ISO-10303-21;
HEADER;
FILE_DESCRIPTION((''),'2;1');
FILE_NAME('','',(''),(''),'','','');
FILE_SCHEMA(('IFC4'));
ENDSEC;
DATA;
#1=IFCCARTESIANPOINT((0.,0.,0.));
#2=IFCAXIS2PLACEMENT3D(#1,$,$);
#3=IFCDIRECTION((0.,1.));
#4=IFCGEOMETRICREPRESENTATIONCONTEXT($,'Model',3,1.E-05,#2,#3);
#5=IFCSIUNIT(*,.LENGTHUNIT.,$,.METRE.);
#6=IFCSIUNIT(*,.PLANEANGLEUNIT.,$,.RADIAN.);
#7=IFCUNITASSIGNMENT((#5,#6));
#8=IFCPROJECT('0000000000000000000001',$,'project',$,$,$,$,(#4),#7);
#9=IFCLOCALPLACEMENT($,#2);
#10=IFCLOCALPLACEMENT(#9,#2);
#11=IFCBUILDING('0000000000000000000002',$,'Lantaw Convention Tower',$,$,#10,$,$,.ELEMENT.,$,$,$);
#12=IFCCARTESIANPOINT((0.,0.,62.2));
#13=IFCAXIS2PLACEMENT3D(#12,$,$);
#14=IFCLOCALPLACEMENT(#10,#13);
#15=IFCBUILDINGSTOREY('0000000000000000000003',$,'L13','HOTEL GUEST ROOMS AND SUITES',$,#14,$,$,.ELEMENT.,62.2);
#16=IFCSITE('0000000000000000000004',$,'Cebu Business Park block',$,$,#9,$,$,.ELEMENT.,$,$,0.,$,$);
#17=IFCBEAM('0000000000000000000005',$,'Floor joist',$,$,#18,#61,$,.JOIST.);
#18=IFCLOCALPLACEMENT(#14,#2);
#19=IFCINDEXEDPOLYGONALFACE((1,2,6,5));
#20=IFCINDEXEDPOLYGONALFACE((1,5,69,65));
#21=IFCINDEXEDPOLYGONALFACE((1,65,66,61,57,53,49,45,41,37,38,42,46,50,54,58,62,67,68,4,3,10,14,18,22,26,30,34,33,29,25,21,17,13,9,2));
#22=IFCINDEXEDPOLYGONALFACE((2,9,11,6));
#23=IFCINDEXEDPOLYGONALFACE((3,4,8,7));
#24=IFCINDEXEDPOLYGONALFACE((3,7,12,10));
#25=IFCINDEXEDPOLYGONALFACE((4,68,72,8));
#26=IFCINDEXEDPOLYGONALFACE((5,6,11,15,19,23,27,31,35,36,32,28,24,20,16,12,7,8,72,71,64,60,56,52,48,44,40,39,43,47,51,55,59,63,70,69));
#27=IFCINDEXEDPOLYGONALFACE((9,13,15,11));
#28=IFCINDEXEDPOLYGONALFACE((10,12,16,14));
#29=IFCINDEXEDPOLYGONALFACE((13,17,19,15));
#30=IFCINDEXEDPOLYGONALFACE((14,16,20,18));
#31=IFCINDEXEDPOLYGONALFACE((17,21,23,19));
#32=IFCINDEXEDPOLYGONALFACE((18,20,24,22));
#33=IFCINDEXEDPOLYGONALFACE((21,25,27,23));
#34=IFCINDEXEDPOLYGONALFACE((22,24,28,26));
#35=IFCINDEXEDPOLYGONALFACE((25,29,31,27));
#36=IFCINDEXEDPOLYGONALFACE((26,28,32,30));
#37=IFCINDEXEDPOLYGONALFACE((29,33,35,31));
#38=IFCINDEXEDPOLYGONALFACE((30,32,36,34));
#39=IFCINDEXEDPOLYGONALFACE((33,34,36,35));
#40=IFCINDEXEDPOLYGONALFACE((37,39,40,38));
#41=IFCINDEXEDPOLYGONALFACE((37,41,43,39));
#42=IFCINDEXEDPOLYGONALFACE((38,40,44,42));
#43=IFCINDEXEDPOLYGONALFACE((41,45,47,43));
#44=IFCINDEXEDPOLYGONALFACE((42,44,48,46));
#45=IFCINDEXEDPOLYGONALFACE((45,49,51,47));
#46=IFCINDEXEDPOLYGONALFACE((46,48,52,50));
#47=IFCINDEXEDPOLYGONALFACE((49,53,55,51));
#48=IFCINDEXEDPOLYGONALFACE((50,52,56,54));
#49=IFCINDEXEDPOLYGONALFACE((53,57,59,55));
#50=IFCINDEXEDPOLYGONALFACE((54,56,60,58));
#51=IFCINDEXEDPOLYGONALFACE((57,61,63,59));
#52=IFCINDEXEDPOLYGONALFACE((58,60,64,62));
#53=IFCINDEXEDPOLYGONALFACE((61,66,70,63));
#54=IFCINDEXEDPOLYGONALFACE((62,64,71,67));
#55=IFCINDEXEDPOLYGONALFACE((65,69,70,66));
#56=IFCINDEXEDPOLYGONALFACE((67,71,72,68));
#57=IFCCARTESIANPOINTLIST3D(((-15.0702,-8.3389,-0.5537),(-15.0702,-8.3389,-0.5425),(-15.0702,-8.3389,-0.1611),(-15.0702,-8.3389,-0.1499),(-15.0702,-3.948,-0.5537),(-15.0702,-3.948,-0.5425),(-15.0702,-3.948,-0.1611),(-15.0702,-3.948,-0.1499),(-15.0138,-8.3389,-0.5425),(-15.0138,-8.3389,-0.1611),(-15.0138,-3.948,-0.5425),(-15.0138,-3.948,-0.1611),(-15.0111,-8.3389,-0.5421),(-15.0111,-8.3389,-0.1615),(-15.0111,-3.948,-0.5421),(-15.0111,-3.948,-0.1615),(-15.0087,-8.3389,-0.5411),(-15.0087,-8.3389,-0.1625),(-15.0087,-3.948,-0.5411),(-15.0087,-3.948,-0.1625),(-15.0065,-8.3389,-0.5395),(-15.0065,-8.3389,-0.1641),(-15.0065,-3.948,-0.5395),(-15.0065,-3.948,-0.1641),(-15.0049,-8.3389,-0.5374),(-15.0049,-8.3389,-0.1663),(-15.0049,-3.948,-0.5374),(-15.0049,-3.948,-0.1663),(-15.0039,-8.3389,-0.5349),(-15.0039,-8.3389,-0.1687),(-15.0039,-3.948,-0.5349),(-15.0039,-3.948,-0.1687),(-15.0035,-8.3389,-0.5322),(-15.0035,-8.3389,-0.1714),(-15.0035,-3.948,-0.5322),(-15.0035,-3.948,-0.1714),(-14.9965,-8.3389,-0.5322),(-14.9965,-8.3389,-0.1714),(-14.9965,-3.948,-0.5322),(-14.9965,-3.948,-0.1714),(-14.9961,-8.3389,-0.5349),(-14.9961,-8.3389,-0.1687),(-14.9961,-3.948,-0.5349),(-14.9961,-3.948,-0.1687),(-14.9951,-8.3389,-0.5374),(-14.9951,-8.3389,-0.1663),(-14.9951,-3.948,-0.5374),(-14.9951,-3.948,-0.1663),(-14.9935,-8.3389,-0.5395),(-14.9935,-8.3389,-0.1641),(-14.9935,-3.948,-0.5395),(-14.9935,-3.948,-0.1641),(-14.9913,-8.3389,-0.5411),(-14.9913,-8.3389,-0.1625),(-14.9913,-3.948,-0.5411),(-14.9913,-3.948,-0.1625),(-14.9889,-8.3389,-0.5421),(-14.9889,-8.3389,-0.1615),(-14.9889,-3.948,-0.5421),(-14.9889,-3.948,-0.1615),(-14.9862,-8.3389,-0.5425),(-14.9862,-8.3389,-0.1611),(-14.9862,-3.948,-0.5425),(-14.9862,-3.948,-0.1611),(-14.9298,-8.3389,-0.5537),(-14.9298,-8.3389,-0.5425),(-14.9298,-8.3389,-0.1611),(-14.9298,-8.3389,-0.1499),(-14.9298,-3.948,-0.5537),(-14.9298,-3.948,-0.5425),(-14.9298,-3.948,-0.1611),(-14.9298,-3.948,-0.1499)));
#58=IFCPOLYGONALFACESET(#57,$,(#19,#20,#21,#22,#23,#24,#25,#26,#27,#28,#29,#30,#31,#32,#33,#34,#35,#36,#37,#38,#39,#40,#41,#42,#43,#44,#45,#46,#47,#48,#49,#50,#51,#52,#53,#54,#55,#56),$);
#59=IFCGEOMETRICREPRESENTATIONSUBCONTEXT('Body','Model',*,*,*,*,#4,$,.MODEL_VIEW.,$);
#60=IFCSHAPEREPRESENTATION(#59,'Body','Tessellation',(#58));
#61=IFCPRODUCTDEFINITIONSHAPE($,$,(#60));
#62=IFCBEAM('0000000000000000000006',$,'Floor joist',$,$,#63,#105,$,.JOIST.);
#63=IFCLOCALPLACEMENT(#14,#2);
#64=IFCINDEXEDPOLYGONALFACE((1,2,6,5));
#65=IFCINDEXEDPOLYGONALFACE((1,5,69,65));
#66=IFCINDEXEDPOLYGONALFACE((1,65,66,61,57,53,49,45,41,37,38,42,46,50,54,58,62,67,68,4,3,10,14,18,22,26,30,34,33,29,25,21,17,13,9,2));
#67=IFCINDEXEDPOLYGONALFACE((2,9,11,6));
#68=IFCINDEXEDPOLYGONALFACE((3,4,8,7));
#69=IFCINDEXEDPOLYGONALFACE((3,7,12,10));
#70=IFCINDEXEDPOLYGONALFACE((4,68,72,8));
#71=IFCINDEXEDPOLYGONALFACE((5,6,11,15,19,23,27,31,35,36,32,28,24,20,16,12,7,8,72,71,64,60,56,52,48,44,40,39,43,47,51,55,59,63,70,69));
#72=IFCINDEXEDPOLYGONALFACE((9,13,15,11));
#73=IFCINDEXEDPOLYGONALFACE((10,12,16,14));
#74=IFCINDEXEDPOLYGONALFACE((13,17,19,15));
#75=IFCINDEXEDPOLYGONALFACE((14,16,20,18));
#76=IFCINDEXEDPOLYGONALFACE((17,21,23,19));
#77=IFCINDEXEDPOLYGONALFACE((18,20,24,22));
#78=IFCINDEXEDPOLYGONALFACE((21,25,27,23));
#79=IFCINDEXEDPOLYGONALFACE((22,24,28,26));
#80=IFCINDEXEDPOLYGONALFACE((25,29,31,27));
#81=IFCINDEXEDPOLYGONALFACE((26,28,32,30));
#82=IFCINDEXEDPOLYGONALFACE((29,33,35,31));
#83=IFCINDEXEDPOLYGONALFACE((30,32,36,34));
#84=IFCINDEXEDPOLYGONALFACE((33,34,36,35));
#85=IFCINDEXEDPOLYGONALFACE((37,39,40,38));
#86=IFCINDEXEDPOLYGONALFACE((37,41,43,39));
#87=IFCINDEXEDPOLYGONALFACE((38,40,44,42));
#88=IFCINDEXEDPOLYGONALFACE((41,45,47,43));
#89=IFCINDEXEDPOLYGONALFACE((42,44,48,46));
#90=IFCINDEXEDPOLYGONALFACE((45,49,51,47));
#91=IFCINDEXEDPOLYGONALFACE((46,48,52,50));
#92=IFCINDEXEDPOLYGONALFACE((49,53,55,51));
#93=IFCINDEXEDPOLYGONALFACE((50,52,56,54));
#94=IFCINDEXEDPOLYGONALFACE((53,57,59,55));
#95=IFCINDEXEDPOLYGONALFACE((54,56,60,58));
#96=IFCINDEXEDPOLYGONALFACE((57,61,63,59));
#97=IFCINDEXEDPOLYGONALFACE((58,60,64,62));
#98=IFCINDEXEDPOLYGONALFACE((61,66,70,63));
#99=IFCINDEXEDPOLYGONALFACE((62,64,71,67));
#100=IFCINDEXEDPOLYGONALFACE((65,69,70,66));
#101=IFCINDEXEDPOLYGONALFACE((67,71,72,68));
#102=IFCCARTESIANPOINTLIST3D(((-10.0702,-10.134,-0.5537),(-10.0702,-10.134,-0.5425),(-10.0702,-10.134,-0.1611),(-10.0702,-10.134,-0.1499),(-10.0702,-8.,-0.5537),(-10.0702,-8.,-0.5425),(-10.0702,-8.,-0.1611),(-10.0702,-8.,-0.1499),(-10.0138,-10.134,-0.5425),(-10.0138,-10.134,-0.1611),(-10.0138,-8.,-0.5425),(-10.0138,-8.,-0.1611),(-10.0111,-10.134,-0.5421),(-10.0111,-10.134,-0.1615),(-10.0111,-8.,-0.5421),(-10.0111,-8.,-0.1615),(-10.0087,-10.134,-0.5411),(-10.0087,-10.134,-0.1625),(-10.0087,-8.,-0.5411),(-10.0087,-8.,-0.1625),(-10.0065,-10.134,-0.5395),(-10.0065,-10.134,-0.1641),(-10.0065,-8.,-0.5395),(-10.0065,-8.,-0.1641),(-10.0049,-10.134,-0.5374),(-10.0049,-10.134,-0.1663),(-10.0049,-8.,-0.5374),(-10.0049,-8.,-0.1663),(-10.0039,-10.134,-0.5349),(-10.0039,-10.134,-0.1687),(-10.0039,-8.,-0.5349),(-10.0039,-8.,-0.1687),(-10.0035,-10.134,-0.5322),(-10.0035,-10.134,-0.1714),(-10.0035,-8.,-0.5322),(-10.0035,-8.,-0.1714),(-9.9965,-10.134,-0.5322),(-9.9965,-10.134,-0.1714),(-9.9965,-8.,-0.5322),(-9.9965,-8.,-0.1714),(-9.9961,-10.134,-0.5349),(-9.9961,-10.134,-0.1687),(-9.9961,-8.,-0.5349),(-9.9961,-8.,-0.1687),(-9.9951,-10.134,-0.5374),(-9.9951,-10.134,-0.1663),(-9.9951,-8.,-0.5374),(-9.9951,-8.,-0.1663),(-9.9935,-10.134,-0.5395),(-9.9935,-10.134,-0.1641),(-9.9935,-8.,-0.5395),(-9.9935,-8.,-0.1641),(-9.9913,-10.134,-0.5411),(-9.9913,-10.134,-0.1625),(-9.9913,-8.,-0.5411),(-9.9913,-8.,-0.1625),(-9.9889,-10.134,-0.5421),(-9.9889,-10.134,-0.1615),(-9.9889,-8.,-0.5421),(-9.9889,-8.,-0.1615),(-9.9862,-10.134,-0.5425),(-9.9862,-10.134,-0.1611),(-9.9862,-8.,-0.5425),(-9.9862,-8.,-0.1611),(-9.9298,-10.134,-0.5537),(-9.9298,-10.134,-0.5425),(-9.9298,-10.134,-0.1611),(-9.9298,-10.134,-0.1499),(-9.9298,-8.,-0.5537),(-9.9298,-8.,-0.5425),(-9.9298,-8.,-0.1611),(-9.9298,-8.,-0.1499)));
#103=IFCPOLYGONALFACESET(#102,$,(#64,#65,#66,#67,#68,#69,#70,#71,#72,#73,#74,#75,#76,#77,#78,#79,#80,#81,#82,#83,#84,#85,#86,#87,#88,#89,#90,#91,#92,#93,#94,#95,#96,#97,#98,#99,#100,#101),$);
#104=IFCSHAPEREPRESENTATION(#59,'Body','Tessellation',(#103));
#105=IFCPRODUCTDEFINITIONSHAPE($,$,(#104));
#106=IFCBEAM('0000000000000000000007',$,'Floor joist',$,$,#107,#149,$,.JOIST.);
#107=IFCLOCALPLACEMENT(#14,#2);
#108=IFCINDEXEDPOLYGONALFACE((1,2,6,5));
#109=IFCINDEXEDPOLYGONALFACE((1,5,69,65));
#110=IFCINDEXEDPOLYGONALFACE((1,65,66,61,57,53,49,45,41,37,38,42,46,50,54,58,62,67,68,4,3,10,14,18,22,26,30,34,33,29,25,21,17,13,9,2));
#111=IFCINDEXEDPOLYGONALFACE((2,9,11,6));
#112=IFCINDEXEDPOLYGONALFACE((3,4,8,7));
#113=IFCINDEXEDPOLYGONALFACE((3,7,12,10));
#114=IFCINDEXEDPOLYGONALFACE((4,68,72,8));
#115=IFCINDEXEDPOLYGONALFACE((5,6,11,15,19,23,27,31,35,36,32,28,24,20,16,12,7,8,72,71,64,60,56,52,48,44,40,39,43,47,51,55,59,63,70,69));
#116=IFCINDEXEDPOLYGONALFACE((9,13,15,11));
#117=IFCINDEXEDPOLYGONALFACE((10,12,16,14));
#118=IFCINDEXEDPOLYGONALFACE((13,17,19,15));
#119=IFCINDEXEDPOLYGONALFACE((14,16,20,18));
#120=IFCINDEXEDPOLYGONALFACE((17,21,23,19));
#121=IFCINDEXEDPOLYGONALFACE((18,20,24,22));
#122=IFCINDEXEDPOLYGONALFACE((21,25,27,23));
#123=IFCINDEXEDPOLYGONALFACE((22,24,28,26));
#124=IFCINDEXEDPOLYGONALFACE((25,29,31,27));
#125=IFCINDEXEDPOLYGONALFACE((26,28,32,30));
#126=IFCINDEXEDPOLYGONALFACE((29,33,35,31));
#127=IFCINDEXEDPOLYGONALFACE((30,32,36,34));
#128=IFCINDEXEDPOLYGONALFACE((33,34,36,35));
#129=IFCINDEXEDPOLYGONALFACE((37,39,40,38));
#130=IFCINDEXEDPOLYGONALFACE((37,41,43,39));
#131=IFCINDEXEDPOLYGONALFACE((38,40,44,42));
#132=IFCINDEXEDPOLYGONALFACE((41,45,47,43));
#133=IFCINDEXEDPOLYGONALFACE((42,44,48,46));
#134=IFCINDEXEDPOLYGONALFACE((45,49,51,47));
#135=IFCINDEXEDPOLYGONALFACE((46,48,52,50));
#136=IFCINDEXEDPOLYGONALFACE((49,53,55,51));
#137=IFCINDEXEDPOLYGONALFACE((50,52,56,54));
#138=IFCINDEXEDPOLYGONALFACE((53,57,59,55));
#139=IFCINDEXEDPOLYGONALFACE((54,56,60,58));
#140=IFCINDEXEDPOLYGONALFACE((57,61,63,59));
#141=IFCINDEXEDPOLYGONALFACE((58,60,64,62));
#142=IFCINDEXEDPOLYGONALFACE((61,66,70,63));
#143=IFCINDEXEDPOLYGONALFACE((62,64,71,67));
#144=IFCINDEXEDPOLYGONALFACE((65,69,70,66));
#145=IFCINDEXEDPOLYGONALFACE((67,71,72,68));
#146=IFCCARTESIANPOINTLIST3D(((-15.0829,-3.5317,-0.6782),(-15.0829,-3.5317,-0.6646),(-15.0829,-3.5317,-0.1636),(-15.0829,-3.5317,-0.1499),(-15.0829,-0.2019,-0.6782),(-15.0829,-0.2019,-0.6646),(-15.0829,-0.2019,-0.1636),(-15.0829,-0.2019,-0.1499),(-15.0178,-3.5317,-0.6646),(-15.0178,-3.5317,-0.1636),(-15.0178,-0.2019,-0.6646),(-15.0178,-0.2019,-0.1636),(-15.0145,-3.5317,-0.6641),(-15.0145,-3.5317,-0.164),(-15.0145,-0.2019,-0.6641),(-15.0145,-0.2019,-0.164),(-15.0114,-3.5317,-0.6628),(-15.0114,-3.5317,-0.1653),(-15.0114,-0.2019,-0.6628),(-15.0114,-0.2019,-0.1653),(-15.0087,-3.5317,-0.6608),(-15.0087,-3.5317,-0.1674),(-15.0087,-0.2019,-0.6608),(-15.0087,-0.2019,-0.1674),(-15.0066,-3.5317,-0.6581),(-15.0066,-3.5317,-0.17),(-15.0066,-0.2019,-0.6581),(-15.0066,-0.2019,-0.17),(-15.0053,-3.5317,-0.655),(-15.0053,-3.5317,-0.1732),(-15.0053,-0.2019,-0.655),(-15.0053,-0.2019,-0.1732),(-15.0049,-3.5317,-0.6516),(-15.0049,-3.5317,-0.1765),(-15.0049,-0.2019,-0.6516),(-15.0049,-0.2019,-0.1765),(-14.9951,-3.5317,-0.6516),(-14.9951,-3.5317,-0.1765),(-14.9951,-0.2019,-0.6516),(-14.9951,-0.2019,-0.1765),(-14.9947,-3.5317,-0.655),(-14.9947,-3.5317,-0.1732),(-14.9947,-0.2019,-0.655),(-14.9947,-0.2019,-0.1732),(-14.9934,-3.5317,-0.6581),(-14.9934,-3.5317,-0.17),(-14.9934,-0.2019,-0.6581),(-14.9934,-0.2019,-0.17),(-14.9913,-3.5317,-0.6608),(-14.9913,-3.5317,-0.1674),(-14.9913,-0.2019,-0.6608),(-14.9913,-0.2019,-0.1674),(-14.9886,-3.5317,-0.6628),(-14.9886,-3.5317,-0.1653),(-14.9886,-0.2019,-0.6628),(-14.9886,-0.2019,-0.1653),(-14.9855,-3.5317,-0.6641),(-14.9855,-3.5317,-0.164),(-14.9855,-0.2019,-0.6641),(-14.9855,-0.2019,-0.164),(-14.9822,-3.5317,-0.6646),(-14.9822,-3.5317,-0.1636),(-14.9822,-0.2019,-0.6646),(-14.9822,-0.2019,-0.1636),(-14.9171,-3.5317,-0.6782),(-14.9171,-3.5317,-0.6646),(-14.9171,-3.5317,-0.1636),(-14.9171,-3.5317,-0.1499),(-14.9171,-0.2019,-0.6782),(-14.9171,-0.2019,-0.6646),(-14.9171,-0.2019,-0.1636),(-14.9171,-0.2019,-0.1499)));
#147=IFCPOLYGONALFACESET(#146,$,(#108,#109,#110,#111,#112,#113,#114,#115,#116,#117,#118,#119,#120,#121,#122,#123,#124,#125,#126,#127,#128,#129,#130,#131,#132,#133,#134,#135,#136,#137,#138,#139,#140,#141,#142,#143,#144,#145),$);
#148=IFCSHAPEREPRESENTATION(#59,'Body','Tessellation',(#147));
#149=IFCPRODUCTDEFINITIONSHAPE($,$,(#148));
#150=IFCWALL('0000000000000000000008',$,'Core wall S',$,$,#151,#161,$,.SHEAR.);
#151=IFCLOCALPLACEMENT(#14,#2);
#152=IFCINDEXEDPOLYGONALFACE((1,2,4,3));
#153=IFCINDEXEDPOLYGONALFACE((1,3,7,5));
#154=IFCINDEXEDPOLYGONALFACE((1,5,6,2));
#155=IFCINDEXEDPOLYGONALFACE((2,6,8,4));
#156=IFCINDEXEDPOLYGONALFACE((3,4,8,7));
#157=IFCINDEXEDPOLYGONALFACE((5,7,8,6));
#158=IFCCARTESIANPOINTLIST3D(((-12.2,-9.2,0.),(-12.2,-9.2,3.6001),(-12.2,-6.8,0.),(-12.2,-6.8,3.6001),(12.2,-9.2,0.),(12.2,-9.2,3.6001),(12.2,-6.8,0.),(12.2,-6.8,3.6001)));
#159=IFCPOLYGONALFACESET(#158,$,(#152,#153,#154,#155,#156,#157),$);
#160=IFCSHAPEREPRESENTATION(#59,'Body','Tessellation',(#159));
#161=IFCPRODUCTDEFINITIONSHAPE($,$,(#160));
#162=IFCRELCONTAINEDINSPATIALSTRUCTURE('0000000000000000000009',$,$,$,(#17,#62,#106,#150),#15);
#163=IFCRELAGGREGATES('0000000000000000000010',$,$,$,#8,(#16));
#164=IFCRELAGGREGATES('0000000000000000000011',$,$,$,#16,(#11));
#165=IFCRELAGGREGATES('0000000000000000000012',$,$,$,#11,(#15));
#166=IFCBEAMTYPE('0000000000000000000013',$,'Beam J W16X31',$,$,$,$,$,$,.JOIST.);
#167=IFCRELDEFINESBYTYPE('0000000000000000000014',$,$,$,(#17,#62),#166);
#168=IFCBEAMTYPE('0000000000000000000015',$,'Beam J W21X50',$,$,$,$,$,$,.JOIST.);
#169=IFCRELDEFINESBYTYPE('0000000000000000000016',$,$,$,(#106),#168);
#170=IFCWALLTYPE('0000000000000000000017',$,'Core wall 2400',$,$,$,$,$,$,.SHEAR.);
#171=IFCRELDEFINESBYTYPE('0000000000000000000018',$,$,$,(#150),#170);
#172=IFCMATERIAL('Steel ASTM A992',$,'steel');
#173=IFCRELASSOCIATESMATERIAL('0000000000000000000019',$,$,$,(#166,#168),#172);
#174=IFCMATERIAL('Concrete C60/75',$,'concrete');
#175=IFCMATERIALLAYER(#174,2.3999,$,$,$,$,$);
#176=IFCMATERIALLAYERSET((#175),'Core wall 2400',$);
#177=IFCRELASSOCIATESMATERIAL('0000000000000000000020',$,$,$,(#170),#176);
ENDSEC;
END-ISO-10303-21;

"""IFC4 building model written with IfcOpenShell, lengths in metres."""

from ifc_helpers import new_model, si_unit, direction, frame, frame_2d, origin, origin_2d, place, context, subcontext, project, spatial, rectangle, i_section, extrude, material, layer, layer_set, material_profile, profile_set, type_object, element, save


model = new_model("IFC4")

# Units and contexts
model_context = context("Model", 3, precision=1e-05, world=origin(), true_north=direction((0.0, 1.0)))
body_context = subcontext(model_context, "Body", "Model", "MODEL_VIEW")
ifc_project = project(units=[si_unit("LENGTHUNIT", "METRE"), si_unit("PLANEANGLEUNIT", "RADIAN")], contexts=[model_context])

# Site, building, storey
site_placement = place(None, origin())
site = spatial("IfcSite", under=ifc_project, at=site_placement, Name="Cebu Business Park block", CompositionType="ELEMENT", RefElevation=0.0)
building_placement = place(site_placement, origin())
building = spatial("IfcBuilding", under=site, at=building_placement, Name="Lantaw Convention Tower", CompositionType="ELEMENT")
storey_placement = place(building_placement, frame((0.0, 0.0, 62.2)))
storey = spatial("IfcBuildingStorey", under=building, at=storey_placement, Name="L13", Description="HOTEL GUEST ROOMS AND SUITES", CompositionType="ELEMENT", Elevation=62.2)

# Beams
ifc_material_1 = material(Name="Steel ASTM A992", Category="steel")
ifc_material_profile_1 = material_profile(ifc_material_1, i_section(OverallWidth=0.1404, OverallDepth=0.4038, WebThickness=0.0071, FlangeThickness=0.0112, FilletRadius=0.0103, at=origin_2d()), Name="W16X31")
ifc_profile_set_1 = profile_set([ifc_material_profile_1], Name="Steel ASTM A992")
beam_type_1 = type_object("IfcBeamType", Name="Beam J W16X31", PredefinedType="JOIST", material=ifc_profile_set_1)
beam_1_placement = place(storey_placement, frame((-15.0, -8.3389, -0.3518), z_axis=(0.0, 1.0, 0.0), x_axis=(-1.0, 0.0, 0.0)))
element("IfcBeam", 1, at=beam_1_placement, inside=storey, type_object=beam_type_1, Name="Floor joist", PredefinedType="JOIST", context=body_context, shape_type="SweptSolid", body=[
    extrude(i_section(OverallWidth=0.1404, OverallDepth=0.4038, WebThickness=0.0071, FlangeThickness=0.0112, FilletRadius=0.0103, at=origin_2d()), origin(), (0.0, 0.0, 1.0), 4.3909),
])
beam_2_placement = place(storey_placement, frame((-10.0, -10.134, -0.3518), z_axis=(0.0, 1.0, 0.0), x_axis=(-1.0, 0.0, 0.0)))
element("IfcBeam", 2, at=beam_2_placement, inside=storey, type_object=beam_type_1, Name="Floor joist", PredefinedType="JOIST", context=body_context, shape_type="SweptSolid", body=[
    extrude(i_section(OverallWidth=0.1404, OverallDepth=0.4038, WebThickness=0.0071, FlangeThickness=0.0112, FilletRadius=0.0103, at=origin_2d()), origin(), (0.0, 0.0, 1.0), 2.134),
])
ifc_material_profile_2 = material_profile(ifc_material_1, i_section(OverallWidth=0.1658, OverallDepth=0.5283, WebThickness=0.0098, FlangeThickness=0.0137, FilletRadius=0.0129, at=origin_2d()), Name="W21X50")
ifc_profile_set_2 = profile_set([ifc_material_profile_2], Name="Steel ASTM A992")
beam_type_2 = type_object("IfcBeamType", Name="Beam J W21X50", PredefinedType="JOIST", material=ifc_profile_set_2)
beam_3_placement = place(storey_placement, frame((-15.0, -3.5317, -0.4141), z_axis=(0.0, 1.0, 0.0), x_axis=(-1.0, 0.0, 0.0)))
element("IfcBeam", 3, at=beam_3_placement, inside=storey, type_object=beam_type_2, Name="Floor joist", PredefinedType="JOIST", context=body_context, shape_type="SweptSolid", body=[
    extrude(i_section(OverallWidth=0.1658, OverallDepth=0.5283, WebThickness=0.0098, FlangeThickness=0.0137, FilletRadius=0.0129, at=origin_2d()), origin(), (0.0, 0.0, 1.0), 3.3298),
])

# Wall
ifc_material_2 = material(Name="Concrete C60/75", Category="concrete")
ifc_layer_1 = layer(ifc_material_2, 2.3999)
ifc_layer_set_1 = layer_set([ifc_layer_1], Name="Core wall 2400")
wall_type_1 = type_object("IfcWallType", Name="Core wall 2400", PredefinedType="SHEAR", material=ifc_layer_set_1)
wall_1_placement = place(storey_placement, frame((-12.2, -8.0, 0.0), z_axis=(0.0, 0.0, 1.0), x_axis=(1.0, 0.0, 0.0)))
element("IfcWall", 4, at=wall_1_placement, inside=storey, type_object=wall_type_1, Name="Core wall S", PredefinedType="SHEAR", context=body_context, shape_type="SweptSolid", body=[
    extrude(rectangle(XDim=24.3999, YDim=2.3999, at=frame_2d((12.2, 0.0))), origin(), (0.0, 0.0, 1.0), 3.6001),
])

save(model, "model.ifc")
